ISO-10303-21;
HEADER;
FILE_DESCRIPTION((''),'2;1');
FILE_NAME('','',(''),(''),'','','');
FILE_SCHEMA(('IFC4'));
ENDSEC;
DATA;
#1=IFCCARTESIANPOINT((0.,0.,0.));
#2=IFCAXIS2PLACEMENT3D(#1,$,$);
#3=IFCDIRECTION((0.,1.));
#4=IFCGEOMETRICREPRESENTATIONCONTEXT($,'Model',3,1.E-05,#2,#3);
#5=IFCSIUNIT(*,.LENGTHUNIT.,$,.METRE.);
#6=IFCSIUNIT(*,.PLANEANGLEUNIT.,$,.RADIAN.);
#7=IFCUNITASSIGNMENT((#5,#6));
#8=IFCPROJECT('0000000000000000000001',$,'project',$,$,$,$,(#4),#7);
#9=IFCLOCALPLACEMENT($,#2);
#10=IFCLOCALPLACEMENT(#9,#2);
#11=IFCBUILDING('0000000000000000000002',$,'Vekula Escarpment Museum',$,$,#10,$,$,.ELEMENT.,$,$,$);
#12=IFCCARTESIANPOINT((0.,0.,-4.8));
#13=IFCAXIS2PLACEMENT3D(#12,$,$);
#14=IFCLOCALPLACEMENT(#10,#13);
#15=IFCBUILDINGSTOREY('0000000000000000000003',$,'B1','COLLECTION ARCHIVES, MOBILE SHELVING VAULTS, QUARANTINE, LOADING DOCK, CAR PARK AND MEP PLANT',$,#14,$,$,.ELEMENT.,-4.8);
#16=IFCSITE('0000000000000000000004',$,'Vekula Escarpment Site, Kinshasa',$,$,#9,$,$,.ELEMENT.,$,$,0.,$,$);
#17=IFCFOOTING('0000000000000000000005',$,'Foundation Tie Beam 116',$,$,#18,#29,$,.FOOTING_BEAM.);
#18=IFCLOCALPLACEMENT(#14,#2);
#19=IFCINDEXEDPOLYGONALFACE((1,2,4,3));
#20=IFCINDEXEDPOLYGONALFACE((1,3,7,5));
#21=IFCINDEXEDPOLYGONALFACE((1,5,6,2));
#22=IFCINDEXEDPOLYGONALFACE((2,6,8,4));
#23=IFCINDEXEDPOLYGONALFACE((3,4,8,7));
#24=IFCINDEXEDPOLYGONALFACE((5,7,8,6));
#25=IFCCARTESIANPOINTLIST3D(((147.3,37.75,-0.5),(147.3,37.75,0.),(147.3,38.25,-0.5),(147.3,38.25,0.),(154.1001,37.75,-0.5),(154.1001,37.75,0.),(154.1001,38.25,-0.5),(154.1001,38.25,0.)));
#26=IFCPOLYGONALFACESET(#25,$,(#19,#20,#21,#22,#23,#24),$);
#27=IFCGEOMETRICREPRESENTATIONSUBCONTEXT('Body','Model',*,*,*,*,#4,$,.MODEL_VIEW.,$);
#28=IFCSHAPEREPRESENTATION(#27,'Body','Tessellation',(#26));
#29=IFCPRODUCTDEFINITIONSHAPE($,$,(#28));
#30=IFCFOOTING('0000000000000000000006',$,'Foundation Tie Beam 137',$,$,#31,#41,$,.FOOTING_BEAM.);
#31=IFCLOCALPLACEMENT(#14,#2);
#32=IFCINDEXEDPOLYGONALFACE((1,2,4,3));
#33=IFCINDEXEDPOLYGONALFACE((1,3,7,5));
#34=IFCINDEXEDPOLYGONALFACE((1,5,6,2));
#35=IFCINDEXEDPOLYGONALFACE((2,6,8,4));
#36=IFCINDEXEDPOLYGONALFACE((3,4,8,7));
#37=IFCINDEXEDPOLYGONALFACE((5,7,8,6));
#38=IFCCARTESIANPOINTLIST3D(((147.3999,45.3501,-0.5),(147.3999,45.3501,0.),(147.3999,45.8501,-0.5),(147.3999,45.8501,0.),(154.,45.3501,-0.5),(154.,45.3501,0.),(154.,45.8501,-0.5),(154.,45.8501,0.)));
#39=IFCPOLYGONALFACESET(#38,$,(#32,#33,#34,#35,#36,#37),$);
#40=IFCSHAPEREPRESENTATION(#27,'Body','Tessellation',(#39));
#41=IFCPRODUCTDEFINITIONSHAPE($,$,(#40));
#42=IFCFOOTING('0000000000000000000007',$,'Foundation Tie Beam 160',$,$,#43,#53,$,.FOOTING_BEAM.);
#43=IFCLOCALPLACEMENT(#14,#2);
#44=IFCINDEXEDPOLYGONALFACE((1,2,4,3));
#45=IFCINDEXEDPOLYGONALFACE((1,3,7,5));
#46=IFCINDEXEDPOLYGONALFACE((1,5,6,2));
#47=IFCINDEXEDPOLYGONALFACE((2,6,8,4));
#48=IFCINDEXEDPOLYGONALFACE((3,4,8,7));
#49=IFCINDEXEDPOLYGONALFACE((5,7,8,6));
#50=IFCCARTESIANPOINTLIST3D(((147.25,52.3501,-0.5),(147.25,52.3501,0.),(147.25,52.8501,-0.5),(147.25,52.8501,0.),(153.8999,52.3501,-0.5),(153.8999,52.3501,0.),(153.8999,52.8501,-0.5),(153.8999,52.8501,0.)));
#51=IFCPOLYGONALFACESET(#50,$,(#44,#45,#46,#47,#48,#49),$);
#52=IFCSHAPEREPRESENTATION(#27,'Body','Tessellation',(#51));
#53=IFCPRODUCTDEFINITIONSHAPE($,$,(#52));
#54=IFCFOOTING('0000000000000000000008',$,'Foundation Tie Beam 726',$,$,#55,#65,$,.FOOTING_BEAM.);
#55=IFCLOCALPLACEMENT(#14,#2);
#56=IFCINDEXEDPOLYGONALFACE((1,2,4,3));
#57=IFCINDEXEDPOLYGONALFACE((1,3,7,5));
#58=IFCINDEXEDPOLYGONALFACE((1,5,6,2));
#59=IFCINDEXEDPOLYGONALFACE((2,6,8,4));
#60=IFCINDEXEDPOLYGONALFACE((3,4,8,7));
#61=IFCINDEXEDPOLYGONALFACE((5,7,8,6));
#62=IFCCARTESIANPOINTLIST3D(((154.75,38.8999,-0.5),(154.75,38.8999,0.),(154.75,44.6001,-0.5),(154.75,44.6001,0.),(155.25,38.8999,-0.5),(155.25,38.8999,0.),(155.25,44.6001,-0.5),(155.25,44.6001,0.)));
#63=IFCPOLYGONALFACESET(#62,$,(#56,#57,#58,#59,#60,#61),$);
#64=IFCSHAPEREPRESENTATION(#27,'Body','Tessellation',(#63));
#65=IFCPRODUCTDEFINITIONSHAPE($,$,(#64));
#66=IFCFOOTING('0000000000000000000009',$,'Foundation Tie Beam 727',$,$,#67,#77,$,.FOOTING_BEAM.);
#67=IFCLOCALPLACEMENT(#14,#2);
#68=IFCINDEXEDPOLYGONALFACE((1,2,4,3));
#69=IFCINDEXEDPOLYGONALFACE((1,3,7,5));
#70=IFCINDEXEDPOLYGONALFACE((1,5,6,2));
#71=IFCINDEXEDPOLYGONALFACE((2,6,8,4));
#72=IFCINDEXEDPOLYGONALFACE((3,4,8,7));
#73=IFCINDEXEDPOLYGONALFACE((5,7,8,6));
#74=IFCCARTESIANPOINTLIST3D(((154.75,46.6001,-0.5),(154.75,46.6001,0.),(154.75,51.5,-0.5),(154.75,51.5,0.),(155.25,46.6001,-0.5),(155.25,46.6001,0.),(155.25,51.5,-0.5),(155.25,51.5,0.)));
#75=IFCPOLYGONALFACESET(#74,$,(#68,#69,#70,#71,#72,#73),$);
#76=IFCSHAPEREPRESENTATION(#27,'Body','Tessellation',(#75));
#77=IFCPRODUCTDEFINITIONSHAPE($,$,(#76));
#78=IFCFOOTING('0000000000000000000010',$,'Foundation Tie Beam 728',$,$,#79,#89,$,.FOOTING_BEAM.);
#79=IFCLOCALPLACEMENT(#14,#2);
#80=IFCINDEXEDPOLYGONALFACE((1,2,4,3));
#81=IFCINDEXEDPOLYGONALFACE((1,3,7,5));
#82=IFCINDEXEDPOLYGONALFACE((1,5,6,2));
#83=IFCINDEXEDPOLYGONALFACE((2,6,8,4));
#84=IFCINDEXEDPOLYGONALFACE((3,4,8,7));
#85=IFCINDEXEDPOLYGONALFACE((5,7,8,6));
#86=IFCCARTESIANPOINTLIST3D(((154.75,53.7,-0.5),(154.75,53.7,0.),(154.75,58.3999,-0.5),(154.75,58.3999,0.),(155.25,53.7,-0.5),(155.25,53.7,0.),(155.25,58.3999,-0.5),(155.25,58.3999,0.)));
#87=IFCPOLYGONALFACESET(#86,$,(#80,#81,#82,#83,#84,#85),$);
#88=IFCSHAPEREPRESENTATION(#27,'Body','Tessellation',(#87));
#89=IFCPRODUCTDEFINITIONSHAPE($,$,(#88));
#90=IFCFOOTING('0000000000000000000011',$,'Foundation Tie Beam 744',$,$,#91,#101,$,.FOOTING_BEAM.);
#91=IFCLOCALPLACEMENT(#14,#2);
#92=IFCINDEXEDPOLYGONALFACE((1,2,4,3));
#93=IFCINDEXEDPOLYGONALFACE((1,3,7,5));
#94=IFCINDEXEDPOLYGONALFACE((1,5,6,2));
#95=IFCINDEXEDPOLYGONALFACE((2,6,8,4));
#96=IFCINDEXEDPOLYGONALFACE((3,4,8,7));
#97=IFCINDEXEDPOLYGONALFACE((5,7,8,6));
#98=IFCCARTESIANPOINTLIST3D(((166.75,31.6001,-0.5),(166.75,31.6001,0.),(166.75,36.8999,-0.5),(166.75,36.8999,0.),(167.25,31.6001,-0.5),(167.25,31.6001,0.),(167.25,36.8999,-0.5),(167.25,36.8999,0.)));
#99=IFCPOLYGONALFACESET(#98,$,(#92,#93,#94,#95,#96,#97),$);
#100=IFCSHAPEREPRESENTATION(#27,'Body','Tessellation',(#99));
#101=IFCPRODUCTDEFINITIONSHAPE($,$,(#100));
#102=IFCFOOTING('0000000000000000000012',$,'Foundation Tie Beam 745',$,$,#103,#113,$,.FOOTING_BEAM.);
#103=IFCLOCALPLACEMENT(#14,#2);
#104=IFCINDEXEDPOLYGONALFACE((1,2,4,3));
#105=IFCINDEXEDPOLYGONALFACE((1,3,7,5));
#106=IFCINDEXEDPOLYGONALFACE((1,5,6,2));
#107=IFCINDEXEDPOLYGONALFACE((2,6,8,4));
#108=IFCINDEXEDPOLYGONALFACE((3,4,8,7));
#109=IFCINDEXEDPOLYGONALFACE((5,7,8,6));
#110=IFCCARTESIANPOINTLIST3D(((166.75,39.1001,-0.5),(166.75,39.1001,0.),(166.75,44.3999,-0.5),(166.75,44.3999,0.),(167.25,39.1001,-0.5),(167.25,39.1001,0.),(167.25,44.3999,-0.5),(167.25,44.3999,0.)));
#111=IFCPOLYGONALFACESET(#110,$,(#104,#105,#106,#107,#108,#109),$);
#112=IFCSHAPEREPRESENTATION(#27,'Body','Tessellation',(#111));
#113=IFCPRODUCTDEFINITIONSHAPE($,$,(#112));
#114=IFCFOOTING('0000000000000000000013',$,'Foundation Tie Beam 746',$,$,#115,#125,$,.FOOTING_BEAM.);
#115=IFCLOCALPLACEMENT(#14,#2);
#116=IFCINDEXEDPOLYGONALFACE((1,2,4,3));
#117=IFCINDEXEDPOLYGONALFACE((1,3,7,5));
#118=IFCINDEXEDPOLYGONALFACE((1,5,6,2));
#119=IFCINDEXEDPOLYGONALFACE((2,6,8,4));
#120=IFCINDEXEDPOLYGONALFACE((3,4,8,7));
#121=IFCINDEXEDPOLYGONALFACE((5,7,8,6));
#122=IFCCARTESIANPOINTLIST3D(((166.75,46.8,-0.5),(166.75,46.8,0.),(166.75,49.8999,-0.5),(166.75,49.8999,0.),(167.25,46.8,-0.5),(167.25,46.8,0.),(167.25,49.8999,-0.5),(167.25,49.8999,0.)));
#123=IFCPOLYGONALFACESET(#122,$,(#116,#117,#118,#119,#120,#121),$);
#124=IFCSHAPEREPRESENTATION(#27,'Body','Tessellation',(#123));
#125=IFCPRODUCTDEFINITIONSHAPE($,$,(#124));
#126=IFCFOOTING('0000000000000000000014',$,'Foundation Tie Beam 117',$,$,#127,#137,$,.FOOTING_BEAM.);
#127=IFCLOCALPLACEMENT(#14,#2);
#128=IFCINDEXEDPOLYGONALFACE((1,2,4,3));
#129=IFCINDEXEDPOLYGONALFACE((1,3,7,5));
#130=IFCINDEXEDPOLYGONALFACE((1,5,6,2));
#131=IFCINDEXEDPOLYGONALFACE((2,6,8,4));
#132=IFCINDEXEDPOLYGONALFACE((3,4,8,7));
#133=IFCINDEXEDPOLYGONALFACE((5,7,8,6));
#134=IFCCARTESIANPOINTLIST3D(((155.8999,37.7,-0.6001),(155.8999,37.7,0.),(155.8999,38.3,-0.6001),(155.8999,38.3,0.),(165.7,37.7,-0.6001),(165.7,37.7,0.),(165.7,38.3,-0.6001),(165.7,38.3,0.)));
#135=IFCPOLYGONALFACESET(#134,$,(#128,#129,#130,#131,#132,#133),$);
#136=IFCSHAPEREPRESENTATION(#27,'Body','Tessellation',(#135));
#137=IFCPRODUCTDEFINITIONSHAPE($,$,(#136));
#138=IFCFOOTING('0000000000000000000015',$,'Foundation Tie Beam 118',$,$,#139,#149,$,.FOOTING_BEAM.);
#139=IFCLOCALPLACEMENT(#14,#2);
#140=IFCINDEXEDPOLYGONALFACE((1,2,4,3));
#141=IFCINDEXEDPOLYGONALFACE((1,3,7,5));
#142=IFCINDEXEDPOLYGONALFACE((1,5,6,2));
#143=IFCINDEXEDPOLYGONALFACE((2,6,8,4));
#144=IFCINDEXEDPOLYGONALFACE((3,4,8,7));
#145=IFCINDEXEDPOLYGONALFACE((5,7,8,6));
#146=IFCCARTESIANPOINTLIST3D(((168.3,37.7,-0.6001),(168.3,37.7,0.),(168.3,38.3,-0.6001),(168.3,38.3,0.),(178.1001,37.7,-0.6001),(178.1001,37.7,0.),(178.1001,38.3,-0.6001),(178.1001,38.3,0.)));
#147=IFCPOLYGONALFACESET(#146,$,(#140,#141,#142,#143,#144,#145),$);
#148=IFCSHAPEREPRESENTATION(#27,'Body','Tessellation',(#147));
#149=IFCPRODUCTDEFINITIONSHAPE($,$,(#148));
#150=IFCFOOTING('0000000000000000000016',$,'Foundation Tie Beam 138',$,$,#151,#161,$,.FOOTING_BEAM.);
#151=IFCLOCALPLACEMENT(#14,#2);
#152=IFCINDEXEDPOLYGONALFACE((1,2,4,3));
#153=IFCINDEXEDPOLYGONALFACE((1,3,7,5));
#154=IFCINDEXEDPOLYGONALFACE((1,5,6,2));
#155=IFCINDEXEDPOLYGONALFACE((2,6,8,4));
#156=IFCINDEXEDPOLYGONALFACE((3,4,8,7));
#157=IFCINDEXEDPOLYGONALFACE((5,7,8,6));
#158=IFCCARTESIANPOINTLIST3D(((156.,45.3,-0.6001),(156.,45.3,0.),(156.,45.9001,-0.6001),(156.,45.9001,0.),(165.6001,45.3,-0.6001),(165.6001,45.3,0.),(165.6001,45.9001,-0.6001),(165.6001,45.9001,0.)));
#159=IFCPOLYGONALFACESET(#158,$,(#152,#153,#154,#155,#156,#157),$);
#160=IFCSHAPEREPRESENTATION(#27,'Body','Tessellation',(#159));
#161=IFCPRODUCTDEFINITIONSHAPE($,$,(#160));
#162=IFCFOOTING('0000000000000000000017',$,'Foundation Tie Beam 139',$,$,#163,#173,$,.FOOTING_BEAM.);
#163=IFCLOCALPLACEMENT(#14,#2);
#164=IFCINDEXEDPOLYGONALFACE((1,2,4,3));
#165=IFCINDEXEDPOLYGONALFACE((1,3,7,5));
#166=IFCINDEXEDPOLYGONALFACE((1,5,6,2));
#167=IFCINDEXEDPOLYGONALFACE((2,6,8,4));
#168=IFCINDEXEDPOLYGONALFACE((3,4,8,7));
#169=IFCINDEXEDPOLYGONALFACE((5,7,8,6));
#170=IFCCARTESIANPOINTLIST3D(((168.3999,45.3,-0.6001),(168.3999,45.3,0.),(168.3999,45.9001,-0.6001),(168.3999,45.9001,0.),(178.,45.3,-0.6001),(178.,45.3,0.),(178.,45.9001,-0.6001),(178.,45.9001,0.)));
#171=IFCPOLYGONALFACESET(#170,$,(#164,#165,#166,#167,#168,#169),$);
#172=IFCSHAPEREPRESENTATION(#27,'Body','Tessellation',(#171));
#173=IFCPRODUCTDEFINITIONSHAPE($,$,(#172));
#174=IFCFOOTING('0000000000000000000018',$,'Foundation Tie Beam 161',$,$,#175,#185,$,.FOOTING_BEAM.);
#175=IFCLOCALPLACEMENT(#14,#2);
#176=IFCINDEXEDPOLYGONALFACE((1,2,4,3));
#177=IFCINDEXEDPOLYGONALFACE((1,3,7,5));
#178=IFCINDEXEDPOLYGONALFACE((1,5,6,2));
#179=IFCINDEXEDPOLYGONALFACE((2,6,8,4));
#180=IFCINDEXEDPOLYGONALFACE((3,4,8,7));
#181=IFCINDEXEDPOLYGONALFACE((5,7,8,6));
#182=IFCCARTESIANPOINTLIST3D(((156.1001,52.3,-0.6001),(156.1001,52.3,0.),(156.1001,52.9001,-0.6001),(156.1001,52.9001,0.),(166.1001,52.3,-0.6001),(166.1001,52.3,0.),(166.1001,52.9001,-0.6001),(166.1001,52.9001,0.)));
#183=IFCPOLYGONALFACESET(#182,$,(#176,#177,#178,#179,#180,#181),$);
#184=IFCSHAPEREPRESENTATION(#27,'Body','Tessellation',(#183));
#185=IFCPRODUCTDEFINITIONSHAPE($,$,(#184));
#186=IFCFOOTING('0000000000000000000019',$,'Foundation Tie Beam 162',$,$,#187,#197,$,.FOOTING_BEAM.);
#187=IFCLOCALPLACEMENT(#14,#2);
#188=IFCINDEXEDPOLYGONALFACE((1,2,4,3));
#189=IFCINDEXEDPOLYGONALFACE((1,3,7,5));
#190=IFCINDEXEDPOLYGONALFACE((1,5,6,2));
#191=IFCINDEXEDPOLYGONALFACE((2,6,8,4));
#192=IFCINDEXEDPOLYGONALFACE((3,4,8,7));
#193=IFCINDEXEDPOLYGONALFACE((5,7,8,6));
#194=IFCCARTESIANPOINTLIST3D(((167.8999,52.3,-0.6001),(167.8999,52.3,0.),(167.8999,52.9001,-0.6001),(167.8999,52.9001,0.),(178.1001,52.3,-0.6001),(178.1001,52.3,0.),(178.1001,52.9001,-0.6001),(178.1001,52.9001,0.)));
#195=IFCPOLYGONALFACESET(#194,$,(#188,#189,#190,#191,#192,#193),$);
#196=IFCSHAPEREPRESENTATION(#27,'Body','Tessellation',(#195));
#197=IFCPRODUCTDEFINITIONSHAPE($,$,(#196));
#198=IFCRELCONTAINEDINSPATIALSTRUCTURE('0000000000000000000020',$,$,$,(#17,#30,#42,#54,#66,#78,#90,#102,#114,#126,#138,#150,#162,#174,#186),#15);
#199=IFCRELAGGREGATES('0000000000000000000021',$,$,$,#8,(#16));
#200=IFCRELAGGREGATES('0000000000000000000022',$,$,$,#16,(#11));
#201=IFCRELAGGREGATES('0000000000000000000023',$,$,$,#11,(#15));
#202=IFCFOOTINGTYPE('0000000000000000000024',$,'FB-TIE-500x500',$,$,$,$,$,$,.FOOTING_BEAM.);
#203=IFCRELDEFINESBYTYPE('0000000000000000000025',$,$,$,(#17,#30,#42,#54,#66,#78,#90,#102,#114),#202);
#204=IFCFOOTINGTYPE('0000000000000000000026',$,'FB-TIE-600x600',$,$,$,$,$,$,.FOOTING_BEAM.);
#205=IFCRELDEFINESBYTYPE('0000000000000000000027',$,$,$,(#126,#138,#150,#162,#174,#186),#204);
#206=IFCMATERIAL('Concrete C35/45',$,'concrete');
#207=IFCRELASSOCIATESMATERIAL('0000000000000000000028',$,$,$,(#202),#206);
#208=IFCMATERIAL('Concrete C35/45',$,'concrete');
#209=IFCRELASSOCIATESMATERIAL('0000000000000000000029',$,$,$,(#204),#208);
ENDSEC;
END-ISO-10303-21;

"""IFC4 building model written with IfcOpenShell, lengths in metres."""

from ifc_helpers import new_model, si_unit, direction, frame, origin, origin_2d, place, context, subcontext, project, spatial, rectangle, extrude, material, material_profile, profile_set, type_object, element, save


model = new_model("IFC4")

# Units and contexts
model_context = context("Model", 3, precision=1e-05, world=origin(), true_north=direction((0.0, 1.0)))
body_context = subcontext(model_context, "Body", "Model", "MODEL_VIEW")
ifc_project = project(units=[si_unit("LENGTHUNIT", "METRE"), si_unit("PLANEANGLEUNIT", "RADIAN")], contexts=[model_context])

# Site, building, storey
site_placement = place(None, origin())
site = spatial("IfcSite", under=ifc_project, at=site_placement, Name="Vekula Escarpment Site, Kinshasa", CompositionType="ELEMENT", RefElevation=0.0)
building_placement = place(site_placement, origin())
building = spatial("IfcBuilding", under=site, at=building_placement, Name="Vekula Escarpment Museum", CompositionType="ELEMENT")
storey_placement = place(building_placement, frame((0.0, 0.0, -4.8)))
storey = spatial("IfcBuildingStorey", under=building, at=storey_placement, Name="B1", Description="COLLECTION ARCHIVES, MOBILE SHELVING VAULTS, QUARANTINE, LOADING DOCK, CAR PARK AND MEP PLANT", CompositionType="ELEMENT", Elevation=-4.8)

# Footings
ifc_material_1 = material(Name="Concrete C35/45", Category="concrete")
ifc_material_profile_1 = material_profile(ifc_material_1, rectangle(XDim=0.5, YDim=0.5, at=origin_2d()), Name="RC 500x500")
ifc_profile_set_1 = profile_set([ifc_material_profile_1], Name="Concrete C35/45")
footing_type_1 = type_object("IfcFootingType", Name="FB-TIE-500x500", PredefinedType="FOOTING_BEAM", material=ifc_profile_set_1)
footing_1_placement = place(storey_placement, frame((147.3, 38.0, -0.25), z_axis=(1.0, 0.0, 0.0), x_axis=(0.0, 1.0, 0.0)))
element("IfcFooting", 1, at=footing_1_placement, inside=storey, type_object=footing_type_1, Name="Foundation Tie Beam 116", PredefinedType="FOOTING_BEAM", context=body_context, shape_type="SweptSolid", body=[
    extrude(rectangle(XDim=0.5, YDim=0.5, at=origin_2d()), origin(), (0.0, 0.0, 1.0), 6.8),
])
footing_2_placement = place(storey_placement, frame((147.3999, 45.6001, -0.25), z_axis=(1.0, 0.0, 0.0), x_axis=(0.0, 1.0, 0.0)))
element("IfcFooting", 2, at=footing_2_placement, inside=storey, type_object=footing_type_1, Name="Foundation Tie Beam 137", PredefinedType="FOOTING_BEAM", context=body_context, shape_type="SweptSolid", body=[
    extrude(rectangle(XDim=0.5, YDim=0.5, at=origin_2d()), origin(), (0.0, 0.0, 1.0), 6.6001),
])
footing_3_placement = place(storey_placement, frame((147.25, 52.6001, -0.25), z_axis=(1.0, 0.0, 0.0), x_axis=(0.0, 1.0, 0.0)))
element("IfcFooting", 3, at=footing_3_placement, inside=storey, type_object=footing_type_1, Name="Foundation Tie Beam 160", PredefinedType="FOOTING_BEAM", context=body_context, shape_type="SweptSolid", body=[
    extrude(rectangle(XDim=0.5, YDim=0.5, at=origin_2d()), origin(), (0.0, 0.0, 1.0), 6.6499),
])
footing_4_placement = place(storey_placement, frame((155.0, 38.8999, -0.25), z_axis=(0.0, 1.0, 0.0), x_axis=(-1.0, 0.0, 0.0)))
element("IfcFooting", 4, at=footing_4_placement, inside=storey, type_object=footing_type_1, Name="Foundation Tie Beam 726", PredefinedType="FOOTING_BEAM", context=body_context, shape_type="SweptSolid", body=[
    extrude(rectangle(XDim=0.5, YDim=0.5, at=origin_2d()), origin(), (0.0, 0.0, 1.0), 5.7002),
])
footing_5_placement = place(storey_placement, frame((155.0, 46.6001, -0.25), z_axis=(0.0, 1.0, 0.0), x_axis=(-1.0, 0.0, 0.0)))
element("IfcFooting", 5, at=footing_5_placement, inside=storey, type_object=footing_type_1, Name="Foundation Tie Beam 727", PredefinedType="FOOTING_BEAM", context=body_context, shape_type="SweptSolid", body=[
    extrude(rectangle(XDim=0.5, YDim=0.5, at=origin_2d()), origin(), (0.0, 0.0, 1.0), 4.8999),
])
footing_6_placement = place(storey_placement, frame((155.0, 53.7, -0.25), z_axis=(0.0, 1.0, 0.0), x_axis=(-1.0, 0.0, 0.0)))
element("IfcFooting", 6, at=footing_6_placement, inside=storey, type_object=footing_type_1, Name="Foundation Tie Beam 728", PredefinedType="FOOTING_BEAM", context=body_context, shape_type="SweptSolid", body=[
    extrude(rectangle(XDim=0.5, YDim=0.5, at=origin_2d()), origin(), (0.0, 0.0, 1.0), 4.7),
])
for number, where, z_axis, x_axis, name in (
    (7, (167.0, 31.6001, -0.25), (0.0, 1.0, 0.0), (-1.0, 0.0, 0.0), "Foundation Tie Beam 744"),
    (8, (167.0, 39.1001, -0.25), (0.0, 1.0, 0.0), (-1.0, 0.0, 0.0), "Foundation Tie Beam 745"),
):
    element("IfcFooting", number, at=place(storey_placement, frame(where, z_axis=z_axis, x_axis=x_axis)), inside=storey, type_object=footing_type_1, Name=name, PredefinedType="FOOTING_BEAM", context=body_context, shape_type="SweptSolid", body=[
        extrude(rectangle(XDim=0.5, YDim=0.5, at=origin_2d()), origin(), (0.0, 0.0, 1.0), 5.2998),
    ])
footing_7_placement = place(storey_placement, frame((167.0, 46.8, -0.25), z_axis=(0.0, 1.0, 0.0), x_axis=(-1.0, 0.0, 0.0)))
element("IfcFooting", 9, at=footing_7_placement, inside=storey, type_object=footing_type_1, Name="Foundation Tie Beam 746", PredefinedType="FOOTING_BEAM", context=body_context, shape_type="SweptSolid", body=[
    extrude(rectangle(XDim=0.5, YDim=0.5, at=origin_2d()), origin(), (0.0, 0.0, 1.0), 3.0999),
])
ifc_material_2 = material(Name="Concrete C35/45", Category="concrete")
ifc_material_profile_2 = material_profile(ifc_material_2, rectangle(XDim=0.6001, YDim=0.6001, at=origin_2d()), Name="RC 600x600")
ifc_profile_set_2 = profile_set([ifc_material_profile_2], Name="Concrete C35/45")
footing_type_2 = type_object("IfcFootingType", Name="FB-TIE-600x600", PredefinedType="FOOTING_BEAM", material=ifc_profile_set_2)
for number, where, z_axis, x_axis, name in (
    (10, (155.8999, 38.0, -0.3), (1.0, 0.0, 0.0), (0.0, 1.0, 0.0), "Foundation Tie Beam 117"),
    (11, (168.3, 38.0, -0.3), (1.0, 0.0, 0.0), (0.0, 1.0, 0.0), "Foundation Tie Beam 118"),
):
    element("IfcFooting", number, at=place(storey_placement, frame(where, z_axis=z_axis, x_axis=x_axis)), inside=storey, type_object=footing_type_2, Name=name, PredefinedType="FOOTING_BEAM", context=body_context, shape_type="SweptSolid", body=[
        extrude(rectangle(XDim=0.6001, YDim=0.6001, at=origin_2d()), origin(), (0.0, 0.0, 1.0), 9.8),
    ])
for number, where, z_axis, x_axis, name in (
    (12, (156.0, 45.6001, -0.3), (1.0, 0.0, 0.0), (0.0, 1.0, 0.0), "Foundation Tie Beam 138"),
    (13, (168.3999, 45.6001, -0.3), (1.0, 0.0, 0.0), (0.0, 1.0, 0.0), "Foundation Tie Beam 139"),
):
    element("IfcFooting", number, at=place(storey_placement, frame(where, z_axis=z_axis, x_axis=x_axis)), inside=storey, type_object=footing_type_2, Name=name, PredefinedType="FOOTING_BEAM", context=body_context, shape_type="SweptSolid", body=[
        extrude(rectangle(XDim=0.6001, YDim=0.6001, at=origin_2d()), origin(), (0.0, 0.0, 1.0), 9.6001),
    ])
footing_8_placement = place(storey_placement, frame((156.1001, 52.6001, -0.3), z_axis=(1.0, 0.0, 0.0), x_axis=(0.0, 1.0, 0.0)))
element("IfcFooting", 14, at=footing_8_placement, inside=storey, type_object=footing_type_2, Name="Foundation Tie Beam 161", PredefinedType="FOOTING_BEAM", context=body_context, shape_type="SweptSolid", body=[
    extrude(rectangle(XDim=0.6001, YDim=0.6001, at=origin_2d()), origin(), (0.0, 0.0, 1.0), 10.0),
])
footing_9_placement = place(storey_placement, frame((167.8999, 52.6001, -0.3), z_axis=(1.0, 0.0, 0.0), x_axis=(0.0, 1.0, 0.0)))
element("IfcFooting", 15, at=footing_9_placement, inside=storey, type_object=footing_type_2, Name="Foundation Tie Beam 162", PredefinedType="FOOTING_BEAM", context=body_context, shape_type="SweptSolid", body=[
    extrude(rectangle(XDim=0.6001, YDim=0.6001, at=origin_2d()), origin(), (0.0, 0.0, 1.0), 10.2002),
])

save(model, "model.ifc")
